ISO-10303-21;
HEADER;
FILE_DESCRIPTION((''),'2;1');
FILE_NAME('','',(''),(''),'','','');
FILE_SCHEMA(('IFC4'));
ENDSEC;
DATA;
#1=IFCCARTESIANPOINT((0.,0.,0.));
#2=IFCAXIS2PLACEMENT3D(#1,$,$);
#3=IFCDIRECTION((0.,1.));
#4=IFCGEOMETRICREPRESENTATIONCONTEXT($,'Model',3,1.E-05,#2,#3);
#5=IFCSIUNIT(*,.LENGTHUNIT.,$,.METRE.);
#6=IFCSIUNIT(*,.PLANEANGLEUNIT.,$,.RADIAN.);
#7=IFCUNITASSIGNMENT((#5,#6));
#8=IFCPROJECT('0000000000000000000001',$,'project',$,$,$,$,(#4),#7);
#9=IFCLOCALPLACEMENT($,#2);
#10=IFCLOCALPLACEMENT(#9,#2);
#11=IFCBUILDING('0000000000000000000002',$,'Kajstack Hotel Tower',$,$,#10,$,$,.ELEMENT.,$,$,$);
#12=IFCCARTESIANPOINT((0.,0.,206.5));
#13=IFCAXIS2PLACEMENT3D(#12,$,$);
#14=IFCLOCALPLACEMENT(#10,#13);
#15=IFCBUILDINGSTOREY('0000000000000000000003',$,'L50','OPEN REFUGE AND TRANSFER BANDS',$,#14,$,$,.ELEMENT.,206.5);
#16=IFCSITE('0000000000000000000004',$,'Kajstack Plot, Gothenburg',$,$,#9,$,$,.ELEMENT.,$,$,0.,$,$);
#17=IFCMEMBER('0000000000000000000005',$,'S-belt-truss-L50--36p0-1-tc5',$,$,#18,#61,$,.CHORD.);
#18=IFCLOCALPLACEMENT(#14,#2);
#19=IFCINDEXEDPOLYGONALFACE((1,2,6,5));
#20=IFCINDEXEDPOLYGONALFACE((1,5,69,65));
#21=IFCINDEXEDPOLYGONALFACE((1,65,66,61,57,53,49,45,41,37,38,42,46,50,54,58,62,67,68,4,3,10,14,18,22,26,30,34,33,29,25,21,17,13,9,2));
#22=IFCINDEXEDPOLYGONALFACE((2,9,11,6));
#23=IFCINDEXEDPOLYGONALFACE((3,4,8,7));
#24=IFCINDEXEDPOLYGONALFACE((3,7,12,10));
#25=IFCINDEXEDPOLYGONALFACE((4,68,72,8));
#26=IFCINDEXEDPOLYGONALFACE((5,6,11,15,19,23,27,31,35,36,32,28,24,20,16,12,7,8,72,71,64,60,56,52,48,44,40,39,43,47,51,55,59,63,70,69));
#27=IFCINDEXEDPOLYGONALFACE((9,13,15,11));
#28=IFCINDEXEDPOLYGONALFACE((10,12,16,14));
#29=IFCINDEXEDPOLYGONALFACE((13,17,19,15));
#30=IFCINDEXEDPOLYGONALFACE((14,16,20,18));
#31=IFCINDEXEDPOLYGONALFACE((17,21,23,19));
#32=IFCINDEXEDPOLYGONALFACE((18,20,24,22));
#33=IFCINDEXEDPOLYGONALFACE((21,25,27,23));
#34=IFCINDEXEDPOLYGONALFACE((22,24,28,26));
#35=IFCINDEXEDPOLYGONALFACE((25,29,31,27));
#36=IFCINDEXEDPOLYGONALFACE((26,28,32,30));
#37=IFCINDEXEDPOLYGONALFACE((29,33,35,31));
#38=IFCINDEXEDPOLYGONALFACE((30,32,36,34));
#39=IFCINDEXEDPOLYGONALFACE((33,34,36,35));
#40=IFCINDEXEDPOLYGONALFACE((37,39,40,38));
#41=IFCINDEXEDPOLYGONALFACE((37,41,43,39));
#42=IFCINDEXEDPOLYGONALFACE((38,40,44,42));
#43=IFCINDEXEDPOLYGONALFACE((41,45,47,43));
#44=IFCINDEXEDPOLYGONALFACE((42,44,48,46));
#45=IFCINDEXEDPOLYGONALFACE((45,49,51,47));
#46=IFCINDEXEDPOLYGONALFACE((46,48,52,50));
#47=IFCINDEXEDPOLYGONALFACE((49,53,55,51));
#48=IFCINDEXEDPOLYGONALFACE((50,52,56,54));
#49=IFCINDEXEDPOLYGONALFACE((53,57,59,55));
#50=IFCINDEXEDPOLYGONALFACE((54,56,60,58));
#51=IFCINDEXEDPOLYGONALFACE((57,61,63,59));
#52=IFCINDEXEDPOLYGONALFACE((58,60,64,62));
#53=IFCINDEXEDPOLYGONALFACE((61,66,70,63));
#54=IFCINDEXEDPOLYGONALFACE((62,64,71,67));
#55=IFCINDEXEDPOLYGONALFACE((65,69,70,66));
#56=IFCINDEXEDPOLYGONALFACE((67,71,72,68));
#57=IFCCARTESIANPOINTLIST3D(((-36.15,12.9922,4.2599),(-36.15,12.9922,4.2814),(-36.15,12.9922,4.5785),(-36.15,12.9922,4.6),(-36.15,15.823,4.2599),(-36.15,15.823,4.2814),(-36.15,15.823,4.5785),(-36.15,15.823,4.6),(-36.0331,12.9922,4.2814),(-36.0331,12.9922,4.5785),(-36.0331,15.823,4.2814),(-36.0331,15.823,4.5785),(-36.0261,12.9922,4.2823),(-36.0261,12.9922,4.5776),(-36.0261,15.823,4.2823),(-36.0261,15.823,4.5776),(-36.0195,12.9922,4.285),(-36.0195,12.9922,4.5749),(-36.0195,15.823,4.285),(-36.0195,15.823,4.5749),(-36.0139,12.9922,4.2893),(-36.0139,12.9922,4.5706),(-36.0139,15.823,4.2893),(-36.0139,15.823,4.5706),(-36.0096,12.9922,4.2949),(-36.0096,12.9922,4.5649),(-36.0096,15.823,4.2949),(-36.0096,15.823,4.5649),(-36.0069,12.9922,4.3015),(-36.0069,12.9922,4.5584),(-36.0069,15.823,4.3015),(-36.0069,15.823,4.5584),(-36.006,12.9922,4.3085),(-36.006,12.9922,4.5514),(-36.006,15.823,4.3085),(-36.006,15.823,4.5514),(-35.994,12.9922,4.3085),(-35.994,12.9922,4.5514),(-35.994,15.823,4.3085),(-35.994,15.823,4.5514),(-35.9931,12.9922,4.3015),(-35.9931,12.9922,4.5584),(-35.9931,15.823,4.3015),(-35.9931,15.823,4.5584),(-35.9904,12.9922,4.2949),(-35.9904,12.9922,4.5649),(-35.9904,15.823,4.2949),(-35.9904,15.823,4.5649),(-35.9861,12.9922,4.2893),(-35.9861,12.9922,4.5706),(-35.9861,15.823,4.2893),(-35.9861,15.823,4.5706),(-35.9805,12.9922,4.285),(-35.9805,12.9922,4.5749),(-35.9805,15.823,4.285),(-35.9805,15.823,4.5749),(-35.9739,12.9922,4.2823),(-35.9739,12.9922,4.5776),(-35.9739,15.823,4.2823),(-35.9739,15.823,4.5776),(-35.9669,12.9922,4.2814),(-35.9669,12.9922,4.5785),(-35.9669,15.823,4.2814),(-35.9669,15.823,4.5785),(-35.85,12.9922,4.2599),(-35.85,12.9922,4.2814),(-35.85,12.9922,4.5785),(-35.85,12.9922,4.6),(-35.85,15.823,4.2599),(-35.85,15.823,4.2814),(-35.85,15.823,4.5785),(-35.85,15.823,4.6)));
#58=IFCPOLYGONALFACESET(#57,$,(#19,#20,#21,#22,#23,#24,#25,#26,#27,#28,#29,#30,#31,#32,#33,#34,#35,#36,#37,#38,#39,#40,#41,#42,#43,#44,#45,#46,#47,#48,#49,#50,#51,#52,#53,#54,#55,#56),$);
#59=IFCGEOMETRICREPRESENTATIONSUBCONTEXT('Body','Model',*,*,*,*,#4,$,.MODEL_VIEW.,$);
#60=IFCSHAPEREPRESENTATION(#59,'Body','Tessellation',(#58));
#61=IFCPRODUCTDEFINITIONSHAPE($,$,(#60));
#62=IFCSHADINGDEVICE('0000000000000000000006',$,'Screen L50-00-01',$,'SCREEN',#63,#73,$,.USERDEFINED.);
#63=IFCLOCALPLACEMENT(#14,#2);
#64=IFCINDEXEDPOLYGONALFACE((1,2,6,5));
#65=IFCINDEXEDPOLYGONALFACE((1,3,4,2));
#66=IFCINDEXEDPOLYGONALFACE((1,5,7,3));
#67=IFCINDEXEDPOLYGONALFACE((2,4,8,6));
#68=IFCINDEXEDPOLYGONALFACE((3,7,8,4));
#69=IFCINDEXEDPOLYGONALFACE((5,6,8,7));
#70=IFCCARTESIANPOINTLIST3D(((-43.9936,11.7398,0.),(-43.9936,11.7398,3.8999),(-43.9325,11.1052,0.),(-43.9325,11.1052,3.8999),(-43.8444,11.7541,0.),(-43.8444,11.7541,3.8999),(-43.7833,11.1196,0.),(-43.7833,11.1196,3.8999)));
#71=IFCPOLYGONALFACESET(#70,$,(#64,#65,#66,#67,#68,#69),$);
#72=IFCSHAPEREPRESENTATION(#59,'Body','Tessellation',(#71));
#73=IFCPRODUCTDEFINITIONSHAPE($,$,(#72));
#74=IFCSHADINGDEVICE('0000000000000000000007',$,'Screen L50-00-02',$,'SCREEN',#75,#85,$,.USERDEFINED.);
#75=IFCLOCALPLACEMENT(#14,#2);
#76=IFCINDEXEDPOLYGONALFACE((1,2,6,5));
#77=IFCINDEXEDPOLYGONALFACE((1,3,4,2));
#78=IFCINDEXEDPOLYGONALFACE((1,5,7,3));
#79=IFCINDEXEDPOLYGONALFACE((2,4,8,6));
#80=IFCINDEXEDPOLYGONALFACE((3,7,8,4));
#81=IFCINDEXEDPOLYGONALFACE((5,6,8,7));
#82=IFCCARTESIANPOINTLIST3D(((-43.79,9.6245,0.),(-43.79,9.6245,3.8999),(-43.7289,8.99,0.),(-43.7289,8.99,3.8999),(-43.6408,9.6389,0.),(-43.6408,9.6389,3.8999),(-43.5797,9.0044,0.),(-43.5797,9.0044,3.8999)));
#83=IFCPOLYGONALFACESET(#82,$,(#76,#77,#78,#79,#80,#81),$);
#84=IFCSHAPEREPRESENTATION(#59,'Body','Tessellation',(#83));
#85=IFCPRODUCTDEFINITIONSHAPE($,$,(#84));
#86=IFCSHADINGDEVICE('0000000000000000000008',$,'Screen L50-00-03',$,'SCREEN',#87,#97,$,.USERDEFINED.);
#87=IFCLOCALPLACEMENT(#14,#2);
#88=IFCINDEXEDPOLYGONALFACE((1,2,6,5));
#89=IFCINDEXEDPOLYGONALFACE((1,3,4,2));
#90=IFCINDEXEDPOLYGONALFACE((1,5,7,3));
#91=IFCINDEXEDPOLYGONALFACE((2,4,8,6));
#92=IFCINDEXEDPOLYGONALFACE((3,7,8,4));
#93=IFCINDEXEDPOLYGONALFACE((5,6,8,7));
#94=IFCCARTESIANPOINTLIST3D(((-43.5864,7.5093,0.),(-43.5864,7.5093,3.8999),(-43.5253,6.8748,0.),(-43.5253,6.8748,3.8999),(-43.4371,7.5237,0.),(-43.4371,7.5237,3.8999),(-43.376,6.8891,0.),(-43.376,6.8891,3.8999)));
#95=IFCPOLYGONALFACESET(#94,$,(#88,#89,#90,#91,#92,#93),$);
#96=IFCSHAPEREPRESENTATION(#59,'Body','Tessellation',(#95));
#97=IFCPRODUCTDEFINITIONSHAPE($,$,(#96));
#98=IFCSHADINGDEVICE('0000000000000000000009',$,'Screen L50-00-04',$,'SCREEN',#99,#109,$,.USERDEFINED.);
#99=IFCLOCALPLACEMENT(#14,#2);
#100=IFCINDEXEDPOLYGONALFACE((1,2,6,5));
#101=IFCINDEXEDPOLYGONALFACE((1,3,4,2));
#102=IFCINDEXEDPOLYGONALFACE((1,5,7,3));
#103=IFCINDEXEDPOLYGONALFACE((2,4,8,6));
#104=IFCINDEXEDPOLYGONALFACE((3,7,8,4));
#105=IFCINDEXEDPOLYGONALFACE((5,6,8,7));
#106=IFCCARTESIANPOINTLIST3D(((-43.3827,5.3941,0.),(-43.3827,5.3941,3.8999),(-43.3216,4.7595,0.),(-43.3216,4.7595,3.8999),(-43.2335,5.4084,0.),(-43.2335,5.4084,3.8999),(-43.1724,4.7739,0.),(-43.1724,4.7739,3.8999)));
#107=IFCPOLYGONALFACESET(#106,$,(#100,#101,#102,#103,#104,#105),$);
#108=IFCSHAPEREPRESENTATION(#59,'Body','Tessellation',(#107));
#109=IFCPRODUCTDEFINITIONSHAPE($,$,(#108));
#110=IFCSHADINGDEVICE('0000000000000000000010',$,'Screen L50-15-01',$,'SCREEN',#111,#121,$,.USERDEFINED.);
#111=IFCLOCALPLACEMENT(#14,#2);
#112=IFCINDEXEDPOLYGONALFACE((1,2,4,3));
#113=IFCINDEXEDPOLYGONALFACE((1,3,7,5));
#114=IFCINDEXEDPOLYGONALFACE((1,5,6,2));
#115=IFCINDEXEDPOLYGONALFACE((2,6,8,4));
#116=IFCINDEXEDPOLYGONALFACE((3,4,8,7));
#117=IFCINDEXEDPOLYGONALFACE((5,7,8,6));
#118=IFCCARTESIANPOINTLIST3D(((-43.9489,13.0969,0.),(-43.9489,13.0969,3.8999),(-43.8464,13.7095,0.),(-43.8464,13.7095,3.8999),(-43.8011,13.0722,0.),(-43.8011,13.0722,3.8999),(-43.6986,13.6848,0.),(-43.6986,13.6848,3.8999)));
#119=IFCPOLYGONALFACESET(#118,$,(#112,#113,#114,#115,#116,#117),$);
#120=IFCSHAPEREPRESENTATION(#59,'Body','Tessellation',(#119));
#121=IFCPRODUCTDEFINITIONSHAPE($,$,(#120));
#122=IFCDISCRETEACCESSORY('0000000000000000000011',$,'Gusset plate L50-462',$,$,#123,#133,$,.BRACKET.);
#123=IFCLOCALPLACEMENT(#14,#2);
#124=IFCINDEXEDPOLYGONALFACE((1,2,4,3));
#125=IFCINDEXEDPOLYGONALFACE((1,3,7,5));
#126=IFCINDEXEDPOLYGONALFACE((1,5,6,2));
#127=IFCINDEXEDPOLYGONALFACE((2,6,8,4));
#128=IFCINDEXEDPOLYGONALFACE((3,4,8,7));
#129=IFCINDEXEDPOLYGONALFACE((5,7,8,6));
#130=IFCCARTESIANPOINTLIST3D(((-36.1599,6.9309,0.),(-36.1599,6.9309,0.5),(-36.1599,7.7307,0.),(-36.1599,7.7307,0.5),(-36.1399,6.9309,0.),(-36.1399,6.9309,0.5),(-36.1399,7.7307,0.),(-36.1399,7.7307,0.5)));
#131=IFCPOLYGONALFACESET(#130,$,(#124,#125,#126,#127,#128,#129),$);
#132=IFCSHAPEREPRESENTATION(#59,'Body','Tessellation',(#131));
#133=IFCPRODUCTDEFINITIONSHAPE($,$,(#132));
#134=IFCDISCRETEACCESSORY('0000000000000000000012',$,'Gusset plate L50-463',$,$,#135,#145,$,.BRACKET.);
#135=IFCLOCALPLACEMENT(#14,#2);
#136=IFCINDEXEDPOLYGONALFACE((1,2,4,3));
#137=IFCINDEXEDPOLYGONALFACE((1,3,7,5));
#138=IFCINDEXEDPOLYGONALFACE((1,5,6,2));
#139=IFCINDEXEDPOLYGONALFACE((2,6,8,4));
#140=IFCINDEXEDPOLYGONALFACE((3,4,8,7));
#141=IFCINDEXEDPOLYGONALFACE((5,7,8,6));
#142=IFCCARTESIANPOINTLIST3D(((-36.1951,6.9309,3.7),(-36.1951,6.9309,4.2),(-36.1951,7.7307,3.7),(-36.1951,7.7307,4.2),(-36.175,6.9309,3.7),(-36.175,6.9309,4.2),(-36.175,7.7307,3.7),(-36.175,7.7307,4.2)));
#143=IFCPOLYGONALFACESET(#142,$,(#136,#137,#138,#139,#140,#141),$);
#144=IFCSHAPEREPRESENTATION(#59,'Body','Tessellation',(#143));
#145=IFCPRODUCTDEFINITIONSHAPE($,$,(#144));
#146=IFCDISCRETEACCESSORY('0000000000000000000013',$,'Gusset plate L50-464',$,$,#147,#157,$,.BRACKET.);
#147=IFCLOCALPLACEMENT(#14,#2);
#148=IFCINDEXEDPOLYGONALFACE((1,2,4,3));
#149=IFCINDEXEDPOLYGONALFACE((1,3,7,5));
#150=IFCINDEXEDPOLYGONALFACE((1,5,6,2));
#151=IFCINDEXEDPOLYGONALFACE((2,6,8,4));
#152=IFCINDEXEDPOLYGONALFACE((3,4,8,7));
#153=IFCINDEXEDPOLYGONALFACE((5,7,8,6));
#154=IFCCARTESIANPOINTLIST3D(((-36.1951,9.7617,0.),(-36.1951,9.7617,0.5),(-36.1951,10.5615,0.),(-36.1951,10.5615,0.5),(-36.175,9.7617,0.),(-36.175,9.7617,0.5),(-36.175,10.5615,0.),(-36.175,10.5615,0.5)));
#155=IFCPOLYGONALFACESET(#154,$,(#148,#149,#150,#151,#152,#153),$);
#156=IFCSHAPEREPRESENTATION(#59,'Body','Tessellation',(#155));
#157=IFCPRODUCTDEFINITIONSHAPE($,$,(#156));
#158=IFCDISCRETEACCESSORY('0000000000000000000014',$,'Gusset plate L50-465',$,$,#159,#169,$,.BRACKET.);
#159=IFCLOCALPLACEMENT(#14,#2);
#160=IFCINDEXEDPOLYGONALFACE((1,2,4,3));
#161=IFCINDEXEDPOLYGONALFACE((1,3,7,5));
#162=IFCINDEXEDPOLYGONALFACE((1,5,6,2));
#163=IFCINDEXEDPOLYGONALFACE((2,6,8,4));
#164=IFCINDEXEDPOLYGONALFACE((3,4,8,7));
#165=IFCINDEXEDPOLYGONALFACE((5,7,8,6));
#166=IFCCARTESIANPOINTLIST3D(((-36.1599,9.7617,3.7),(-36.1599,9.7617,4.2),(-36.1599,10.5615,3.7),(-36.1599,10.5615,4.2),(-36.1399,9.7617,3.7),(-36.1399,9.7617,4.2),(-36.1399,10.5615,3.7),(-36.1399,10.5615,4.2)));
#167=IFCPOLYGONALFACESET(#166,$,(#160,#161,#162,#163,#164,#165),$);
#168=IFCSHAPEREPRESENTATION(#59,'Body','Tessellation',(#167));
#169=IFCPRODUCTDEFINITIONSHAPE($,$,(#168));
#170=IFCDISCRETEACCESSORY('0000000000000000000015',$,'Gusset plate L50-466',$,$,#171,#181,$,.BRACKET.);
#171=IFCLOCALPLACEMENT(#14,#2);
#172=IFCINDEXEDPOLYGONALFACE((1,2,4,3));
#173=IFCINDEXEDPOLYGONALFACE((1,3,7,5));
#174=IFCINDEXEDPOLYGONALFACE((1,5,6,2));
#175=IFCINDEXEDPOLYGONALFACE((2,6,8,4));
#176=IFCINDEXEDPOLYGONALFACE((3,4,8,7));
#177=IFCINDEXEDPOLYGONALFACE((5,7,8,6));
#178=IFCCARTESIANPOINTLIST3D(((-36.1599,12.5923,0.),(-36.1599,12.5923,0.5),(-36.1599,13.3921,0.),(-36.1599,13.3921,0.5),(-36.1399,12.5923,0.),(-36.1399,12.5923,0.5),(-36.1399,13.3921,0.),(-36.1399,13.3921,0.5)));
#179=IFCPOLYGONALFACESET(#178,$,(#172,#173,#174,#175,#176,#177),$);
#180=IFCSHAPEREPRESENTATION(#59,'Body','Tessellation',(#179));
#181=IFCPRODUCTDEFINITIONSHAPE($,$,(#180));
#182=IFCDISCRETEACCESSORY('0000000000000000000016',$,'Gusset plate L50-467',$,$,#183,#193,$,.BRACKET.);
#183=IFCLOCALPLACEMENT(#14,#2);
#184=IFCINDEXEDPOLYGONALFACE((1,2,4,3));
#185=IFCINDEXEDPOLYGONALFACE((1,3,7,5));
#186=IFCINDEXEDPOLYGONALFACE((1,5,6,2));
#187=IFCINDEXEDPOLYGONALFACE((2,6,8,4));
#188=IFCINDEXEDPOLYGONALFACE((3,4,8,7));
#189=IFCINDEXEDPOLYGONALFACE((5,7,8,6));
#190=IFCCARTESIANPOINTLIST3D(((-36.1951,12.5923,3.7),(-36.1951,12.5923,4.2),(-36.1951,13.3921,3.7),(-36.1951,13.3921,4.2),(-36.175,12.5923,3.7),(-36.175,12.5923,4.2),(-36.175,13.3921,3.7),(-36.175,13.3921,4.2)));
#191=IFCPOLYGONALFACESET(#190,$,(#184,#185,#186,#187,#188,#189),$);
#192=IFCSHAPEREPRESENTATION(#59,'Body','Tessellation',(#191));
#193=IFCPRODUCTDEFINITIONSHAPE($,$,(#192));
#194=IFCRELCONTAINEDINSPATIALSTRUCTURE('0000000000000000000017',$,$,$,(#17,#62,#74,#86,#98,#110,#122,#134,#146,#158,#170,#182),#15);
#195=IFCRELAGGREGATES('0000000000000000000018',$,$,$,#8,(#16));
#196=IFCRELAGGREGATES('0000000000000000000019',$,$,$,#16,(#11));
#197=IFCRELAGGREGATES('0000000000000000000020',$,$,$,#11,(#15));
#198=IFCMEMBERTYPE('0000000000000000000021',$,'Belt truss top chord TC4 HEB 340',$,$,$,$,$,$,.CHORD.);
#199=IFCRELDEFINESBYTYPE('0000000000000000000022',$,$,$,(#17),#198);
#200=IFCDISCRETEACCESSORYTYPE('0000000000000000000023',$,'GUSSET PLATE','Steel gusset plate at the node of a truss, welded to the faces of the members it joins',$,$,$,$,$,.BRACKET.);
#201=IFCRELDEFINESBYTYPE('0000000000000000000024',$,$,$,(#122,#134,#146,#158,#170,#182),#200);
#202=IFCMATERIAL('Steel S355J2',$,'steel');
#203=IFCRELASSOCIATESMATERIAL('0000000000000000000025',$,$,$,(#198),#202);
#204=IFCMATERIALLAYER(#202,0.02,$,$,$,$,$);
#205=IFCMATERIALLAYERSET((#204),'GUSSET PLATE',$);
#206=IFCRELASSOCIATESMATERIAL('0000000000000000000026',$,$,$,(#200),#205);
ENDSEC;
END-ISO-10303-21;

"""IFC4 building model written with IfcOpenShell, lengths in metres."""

from ifc_helpers import new_model, si_unit, direction, frame, origin, origin_2d, place, context, subcontext, project, spatial, polyline, rectangle, i_section, outline, extrude, material, layer, layer_set, material_profile, profile_set, type_object, element, save


model = new_model("IFC4")

# Units and contexts
model_context = context("Model", 3, precision=1e-05, world=origin(), true_north=direction((0.0, 1.0)))
body_context = subcontext(model_context, "Body", "Model", "MODEL_VIEW")
ifc_project = project(units=[si_unit("LENGTHUNIT", "METRE"), si_unit("PLANEANGLEUNIT", "RADIAN")], contexts=[model_context])

# Site, building, storey
site_placement = place(None, origin())
site = spatial("IfcSite", under=ifc_project, at=site_placement, Name="Kajstack Plot, Gothenburg", CompositionType="ELEMENT", RefElevation=0.0)
building_placement = place(site_placement, origin())
building = spatial("IfcBuilding", under=site, at=building_placement, Name="Kajstack Hotel Tower", CompositionType="ELEMENT")
storey_placement = place(building_placement, frame((0.0, 0.0, 206.5)))
storey = spatial("IfcBuildingStorey", under=building, at=storey_placement, Name="L50", Description="OPEN REFUGE AND TRANSFER BANDS", CompositionType="ELEMENT", Elevation=206.5)

# Member
ifc_material = material(Name="Steel S355J2", Category="steel")
ifc_material_profile_1 = material_profile(ifc_material, i_section(OverallWidth=0.3, OverallDepth=0.3401, WebThickness=0.012, FlangeThickness=0.0215, FilletRadius=0.0271, at=origin_2d()), Name="HEB 340")
ifc_profile_set_1 = profile_set([ifc_material_profile_1], Name="Steel S355J2")
member_type_1 = type_object("IfcMemberType", Name="Belt truss top chord TC4 HEB 340", PredefinedType="CHORD", material=ifc_profile_set_1)
member_1_placement = place(storey_placement, frame((-36.0, 12.9922, 4.4299), z_axis=(0.0, 1.0, 0.0), x_axis=(-1.0, 0.0, 0.0)))
element("IfcMember", 1, at=member_1_placement, inside=storey, type_object=member_type_1, Name="S-belt-truss-L50--36p0-1-tc5", PredefinedType="CHORD", context=body_context, shape_type="SweptSolid", body=[
    extrude(i_section(OverallWidth=0.3, OverallDepth=0.3401, WebThickness=0.012, FlangeThickness=0.0215, FilletRadius=0.0271, at=origin_2d()), origin(), (0.0, 0.0, 1.0), 2.8308),
])

# Shading devices
for number, where, z_axis, x_axis, name in (
    (2, (-43.8884, 11.4297, 0.0), (0.0, 0.0, 1.0), (0.095844, -0.995396, 0.0), "Screen L50-00-01"),
    (3, (-43.6848, 9.3145, 0.0), (0.0, 0.0, 1.0), (0.095844, -0.995396, 0.0), "Screen L50-00-02"),
    (4, (-43.4812, 7.1992, 0.0), (0.0, 0.0, 1.0), (0.095844, -0.995396, 0.0), "Screen L50-00-03"),
    (5, (-43.2776, 5.084, 0.0), (0.0, 0.0, 1.0), (0.095844, -0.995396, 0.0), "Screen L50-00-04"),
):
    element("IfcShadingDevice", number, at=place(storey_placement, frame(where, z_axis=z_axis, x_axis=x_axis)), inside=storey, Name=name, ObjectType="SCREEN", PredefinedType="USERDEFINED", context=body_context, shape_type="SweptSolid", body=[
        extrude(rectangle(XDim=0.6375, YDim=0.1499, at=origin_2d()), origin(), (0.0, 0.0, 1.0), 3.8999),
    ])
shading_device_placement = place(storey_placement, frame((-43.8237, 13.3909, 0.0), z_axis=(0.0, 0.0, 1.0), x_axis=(-0.165025, -0.986289, 0.0)))
element("IfcShadingDevice", 6, at=shading_device_placement, inside=storey, Name="Screen L50-15-01", ObjectType="SCREEN", PredefinedType="USERDEFINED", context=body_context, shape_type="SweptSolid", body=[
    extrude(rectangle(XDim=0.6211, YDim=0.1499, at=origin_2d()), origin(), (0.0, 0.0, 1.0), 3.8999),
])

# Discrete accessories
ifc_layer = layer(ifc_material, 0.02)
ifc_layer_set = layer_set([ifc_layer], Name="GUSSET PLATE")
discrete_accessory_type = type_object("IfcDiscreteAccessoryType", Name="GUSSET PLATE", Description="Steel gusset plate at the node of a truss, welded to the faces of the members it joins", PredefinedType="BRACKET", material=ifc_layer_set)
for number, where, z_axis, x_axis, name in (
    (7, (-36.1599, 7.3308, 0.0), (1.0, 0.0, 0.0), (0.0, 1.0, 0.0), "Gusset plate L50-462"),
    (8, (-36.1951, 7.3308, 3.7), (1.0, 0.0, 0.0), (0.0, 1.0, 0.0), "Gusset plate L50-463"),
    (9, (-36.1951, 10.1616, 0.0), (1.0, 0.0, 0.0), (0.0, 1.0, 0.0), "Gusset plate L50-464"),
    (10, (-36.1599, 10.1616, 3.7), (1.0, 0.0, 0.0), (0.0, 1.0, 0.0), "Gusset plate L50-465"),
    (11, (-36.1599, 12.9922, 0.0), (1.0, 0.0, 0.0), (0.0, 1.0, 0.0), "Gusset plate L50-466"),
    (12, (-36.1951, 12.9922, 3.7), (1.0, 0.0, 0.0), (0.0, 1.0, 0.0), "Gusset plate L50-467"),
):
    element("IfcDiscreteAccessory", number, at=place(storey_placement, frame(where, z_axis=z_axis, x_axis=x_axis)), inside=storey, type_object=discrete_accessory_type, Name=name, PredefinedType="BRACKET", context=body_context, shape_type="SweptSolid", body=[
        extrude(outline(polyline([(-0.3999, 0.0), (0.3999, 0.0), (0.3999, 0.5), (-0.3999, 0.5), (-0.3999, 0.0)])), origin(), (0.0, 0.0, 1.0), 0.02),
    ])

save(model, "model.ifc")
